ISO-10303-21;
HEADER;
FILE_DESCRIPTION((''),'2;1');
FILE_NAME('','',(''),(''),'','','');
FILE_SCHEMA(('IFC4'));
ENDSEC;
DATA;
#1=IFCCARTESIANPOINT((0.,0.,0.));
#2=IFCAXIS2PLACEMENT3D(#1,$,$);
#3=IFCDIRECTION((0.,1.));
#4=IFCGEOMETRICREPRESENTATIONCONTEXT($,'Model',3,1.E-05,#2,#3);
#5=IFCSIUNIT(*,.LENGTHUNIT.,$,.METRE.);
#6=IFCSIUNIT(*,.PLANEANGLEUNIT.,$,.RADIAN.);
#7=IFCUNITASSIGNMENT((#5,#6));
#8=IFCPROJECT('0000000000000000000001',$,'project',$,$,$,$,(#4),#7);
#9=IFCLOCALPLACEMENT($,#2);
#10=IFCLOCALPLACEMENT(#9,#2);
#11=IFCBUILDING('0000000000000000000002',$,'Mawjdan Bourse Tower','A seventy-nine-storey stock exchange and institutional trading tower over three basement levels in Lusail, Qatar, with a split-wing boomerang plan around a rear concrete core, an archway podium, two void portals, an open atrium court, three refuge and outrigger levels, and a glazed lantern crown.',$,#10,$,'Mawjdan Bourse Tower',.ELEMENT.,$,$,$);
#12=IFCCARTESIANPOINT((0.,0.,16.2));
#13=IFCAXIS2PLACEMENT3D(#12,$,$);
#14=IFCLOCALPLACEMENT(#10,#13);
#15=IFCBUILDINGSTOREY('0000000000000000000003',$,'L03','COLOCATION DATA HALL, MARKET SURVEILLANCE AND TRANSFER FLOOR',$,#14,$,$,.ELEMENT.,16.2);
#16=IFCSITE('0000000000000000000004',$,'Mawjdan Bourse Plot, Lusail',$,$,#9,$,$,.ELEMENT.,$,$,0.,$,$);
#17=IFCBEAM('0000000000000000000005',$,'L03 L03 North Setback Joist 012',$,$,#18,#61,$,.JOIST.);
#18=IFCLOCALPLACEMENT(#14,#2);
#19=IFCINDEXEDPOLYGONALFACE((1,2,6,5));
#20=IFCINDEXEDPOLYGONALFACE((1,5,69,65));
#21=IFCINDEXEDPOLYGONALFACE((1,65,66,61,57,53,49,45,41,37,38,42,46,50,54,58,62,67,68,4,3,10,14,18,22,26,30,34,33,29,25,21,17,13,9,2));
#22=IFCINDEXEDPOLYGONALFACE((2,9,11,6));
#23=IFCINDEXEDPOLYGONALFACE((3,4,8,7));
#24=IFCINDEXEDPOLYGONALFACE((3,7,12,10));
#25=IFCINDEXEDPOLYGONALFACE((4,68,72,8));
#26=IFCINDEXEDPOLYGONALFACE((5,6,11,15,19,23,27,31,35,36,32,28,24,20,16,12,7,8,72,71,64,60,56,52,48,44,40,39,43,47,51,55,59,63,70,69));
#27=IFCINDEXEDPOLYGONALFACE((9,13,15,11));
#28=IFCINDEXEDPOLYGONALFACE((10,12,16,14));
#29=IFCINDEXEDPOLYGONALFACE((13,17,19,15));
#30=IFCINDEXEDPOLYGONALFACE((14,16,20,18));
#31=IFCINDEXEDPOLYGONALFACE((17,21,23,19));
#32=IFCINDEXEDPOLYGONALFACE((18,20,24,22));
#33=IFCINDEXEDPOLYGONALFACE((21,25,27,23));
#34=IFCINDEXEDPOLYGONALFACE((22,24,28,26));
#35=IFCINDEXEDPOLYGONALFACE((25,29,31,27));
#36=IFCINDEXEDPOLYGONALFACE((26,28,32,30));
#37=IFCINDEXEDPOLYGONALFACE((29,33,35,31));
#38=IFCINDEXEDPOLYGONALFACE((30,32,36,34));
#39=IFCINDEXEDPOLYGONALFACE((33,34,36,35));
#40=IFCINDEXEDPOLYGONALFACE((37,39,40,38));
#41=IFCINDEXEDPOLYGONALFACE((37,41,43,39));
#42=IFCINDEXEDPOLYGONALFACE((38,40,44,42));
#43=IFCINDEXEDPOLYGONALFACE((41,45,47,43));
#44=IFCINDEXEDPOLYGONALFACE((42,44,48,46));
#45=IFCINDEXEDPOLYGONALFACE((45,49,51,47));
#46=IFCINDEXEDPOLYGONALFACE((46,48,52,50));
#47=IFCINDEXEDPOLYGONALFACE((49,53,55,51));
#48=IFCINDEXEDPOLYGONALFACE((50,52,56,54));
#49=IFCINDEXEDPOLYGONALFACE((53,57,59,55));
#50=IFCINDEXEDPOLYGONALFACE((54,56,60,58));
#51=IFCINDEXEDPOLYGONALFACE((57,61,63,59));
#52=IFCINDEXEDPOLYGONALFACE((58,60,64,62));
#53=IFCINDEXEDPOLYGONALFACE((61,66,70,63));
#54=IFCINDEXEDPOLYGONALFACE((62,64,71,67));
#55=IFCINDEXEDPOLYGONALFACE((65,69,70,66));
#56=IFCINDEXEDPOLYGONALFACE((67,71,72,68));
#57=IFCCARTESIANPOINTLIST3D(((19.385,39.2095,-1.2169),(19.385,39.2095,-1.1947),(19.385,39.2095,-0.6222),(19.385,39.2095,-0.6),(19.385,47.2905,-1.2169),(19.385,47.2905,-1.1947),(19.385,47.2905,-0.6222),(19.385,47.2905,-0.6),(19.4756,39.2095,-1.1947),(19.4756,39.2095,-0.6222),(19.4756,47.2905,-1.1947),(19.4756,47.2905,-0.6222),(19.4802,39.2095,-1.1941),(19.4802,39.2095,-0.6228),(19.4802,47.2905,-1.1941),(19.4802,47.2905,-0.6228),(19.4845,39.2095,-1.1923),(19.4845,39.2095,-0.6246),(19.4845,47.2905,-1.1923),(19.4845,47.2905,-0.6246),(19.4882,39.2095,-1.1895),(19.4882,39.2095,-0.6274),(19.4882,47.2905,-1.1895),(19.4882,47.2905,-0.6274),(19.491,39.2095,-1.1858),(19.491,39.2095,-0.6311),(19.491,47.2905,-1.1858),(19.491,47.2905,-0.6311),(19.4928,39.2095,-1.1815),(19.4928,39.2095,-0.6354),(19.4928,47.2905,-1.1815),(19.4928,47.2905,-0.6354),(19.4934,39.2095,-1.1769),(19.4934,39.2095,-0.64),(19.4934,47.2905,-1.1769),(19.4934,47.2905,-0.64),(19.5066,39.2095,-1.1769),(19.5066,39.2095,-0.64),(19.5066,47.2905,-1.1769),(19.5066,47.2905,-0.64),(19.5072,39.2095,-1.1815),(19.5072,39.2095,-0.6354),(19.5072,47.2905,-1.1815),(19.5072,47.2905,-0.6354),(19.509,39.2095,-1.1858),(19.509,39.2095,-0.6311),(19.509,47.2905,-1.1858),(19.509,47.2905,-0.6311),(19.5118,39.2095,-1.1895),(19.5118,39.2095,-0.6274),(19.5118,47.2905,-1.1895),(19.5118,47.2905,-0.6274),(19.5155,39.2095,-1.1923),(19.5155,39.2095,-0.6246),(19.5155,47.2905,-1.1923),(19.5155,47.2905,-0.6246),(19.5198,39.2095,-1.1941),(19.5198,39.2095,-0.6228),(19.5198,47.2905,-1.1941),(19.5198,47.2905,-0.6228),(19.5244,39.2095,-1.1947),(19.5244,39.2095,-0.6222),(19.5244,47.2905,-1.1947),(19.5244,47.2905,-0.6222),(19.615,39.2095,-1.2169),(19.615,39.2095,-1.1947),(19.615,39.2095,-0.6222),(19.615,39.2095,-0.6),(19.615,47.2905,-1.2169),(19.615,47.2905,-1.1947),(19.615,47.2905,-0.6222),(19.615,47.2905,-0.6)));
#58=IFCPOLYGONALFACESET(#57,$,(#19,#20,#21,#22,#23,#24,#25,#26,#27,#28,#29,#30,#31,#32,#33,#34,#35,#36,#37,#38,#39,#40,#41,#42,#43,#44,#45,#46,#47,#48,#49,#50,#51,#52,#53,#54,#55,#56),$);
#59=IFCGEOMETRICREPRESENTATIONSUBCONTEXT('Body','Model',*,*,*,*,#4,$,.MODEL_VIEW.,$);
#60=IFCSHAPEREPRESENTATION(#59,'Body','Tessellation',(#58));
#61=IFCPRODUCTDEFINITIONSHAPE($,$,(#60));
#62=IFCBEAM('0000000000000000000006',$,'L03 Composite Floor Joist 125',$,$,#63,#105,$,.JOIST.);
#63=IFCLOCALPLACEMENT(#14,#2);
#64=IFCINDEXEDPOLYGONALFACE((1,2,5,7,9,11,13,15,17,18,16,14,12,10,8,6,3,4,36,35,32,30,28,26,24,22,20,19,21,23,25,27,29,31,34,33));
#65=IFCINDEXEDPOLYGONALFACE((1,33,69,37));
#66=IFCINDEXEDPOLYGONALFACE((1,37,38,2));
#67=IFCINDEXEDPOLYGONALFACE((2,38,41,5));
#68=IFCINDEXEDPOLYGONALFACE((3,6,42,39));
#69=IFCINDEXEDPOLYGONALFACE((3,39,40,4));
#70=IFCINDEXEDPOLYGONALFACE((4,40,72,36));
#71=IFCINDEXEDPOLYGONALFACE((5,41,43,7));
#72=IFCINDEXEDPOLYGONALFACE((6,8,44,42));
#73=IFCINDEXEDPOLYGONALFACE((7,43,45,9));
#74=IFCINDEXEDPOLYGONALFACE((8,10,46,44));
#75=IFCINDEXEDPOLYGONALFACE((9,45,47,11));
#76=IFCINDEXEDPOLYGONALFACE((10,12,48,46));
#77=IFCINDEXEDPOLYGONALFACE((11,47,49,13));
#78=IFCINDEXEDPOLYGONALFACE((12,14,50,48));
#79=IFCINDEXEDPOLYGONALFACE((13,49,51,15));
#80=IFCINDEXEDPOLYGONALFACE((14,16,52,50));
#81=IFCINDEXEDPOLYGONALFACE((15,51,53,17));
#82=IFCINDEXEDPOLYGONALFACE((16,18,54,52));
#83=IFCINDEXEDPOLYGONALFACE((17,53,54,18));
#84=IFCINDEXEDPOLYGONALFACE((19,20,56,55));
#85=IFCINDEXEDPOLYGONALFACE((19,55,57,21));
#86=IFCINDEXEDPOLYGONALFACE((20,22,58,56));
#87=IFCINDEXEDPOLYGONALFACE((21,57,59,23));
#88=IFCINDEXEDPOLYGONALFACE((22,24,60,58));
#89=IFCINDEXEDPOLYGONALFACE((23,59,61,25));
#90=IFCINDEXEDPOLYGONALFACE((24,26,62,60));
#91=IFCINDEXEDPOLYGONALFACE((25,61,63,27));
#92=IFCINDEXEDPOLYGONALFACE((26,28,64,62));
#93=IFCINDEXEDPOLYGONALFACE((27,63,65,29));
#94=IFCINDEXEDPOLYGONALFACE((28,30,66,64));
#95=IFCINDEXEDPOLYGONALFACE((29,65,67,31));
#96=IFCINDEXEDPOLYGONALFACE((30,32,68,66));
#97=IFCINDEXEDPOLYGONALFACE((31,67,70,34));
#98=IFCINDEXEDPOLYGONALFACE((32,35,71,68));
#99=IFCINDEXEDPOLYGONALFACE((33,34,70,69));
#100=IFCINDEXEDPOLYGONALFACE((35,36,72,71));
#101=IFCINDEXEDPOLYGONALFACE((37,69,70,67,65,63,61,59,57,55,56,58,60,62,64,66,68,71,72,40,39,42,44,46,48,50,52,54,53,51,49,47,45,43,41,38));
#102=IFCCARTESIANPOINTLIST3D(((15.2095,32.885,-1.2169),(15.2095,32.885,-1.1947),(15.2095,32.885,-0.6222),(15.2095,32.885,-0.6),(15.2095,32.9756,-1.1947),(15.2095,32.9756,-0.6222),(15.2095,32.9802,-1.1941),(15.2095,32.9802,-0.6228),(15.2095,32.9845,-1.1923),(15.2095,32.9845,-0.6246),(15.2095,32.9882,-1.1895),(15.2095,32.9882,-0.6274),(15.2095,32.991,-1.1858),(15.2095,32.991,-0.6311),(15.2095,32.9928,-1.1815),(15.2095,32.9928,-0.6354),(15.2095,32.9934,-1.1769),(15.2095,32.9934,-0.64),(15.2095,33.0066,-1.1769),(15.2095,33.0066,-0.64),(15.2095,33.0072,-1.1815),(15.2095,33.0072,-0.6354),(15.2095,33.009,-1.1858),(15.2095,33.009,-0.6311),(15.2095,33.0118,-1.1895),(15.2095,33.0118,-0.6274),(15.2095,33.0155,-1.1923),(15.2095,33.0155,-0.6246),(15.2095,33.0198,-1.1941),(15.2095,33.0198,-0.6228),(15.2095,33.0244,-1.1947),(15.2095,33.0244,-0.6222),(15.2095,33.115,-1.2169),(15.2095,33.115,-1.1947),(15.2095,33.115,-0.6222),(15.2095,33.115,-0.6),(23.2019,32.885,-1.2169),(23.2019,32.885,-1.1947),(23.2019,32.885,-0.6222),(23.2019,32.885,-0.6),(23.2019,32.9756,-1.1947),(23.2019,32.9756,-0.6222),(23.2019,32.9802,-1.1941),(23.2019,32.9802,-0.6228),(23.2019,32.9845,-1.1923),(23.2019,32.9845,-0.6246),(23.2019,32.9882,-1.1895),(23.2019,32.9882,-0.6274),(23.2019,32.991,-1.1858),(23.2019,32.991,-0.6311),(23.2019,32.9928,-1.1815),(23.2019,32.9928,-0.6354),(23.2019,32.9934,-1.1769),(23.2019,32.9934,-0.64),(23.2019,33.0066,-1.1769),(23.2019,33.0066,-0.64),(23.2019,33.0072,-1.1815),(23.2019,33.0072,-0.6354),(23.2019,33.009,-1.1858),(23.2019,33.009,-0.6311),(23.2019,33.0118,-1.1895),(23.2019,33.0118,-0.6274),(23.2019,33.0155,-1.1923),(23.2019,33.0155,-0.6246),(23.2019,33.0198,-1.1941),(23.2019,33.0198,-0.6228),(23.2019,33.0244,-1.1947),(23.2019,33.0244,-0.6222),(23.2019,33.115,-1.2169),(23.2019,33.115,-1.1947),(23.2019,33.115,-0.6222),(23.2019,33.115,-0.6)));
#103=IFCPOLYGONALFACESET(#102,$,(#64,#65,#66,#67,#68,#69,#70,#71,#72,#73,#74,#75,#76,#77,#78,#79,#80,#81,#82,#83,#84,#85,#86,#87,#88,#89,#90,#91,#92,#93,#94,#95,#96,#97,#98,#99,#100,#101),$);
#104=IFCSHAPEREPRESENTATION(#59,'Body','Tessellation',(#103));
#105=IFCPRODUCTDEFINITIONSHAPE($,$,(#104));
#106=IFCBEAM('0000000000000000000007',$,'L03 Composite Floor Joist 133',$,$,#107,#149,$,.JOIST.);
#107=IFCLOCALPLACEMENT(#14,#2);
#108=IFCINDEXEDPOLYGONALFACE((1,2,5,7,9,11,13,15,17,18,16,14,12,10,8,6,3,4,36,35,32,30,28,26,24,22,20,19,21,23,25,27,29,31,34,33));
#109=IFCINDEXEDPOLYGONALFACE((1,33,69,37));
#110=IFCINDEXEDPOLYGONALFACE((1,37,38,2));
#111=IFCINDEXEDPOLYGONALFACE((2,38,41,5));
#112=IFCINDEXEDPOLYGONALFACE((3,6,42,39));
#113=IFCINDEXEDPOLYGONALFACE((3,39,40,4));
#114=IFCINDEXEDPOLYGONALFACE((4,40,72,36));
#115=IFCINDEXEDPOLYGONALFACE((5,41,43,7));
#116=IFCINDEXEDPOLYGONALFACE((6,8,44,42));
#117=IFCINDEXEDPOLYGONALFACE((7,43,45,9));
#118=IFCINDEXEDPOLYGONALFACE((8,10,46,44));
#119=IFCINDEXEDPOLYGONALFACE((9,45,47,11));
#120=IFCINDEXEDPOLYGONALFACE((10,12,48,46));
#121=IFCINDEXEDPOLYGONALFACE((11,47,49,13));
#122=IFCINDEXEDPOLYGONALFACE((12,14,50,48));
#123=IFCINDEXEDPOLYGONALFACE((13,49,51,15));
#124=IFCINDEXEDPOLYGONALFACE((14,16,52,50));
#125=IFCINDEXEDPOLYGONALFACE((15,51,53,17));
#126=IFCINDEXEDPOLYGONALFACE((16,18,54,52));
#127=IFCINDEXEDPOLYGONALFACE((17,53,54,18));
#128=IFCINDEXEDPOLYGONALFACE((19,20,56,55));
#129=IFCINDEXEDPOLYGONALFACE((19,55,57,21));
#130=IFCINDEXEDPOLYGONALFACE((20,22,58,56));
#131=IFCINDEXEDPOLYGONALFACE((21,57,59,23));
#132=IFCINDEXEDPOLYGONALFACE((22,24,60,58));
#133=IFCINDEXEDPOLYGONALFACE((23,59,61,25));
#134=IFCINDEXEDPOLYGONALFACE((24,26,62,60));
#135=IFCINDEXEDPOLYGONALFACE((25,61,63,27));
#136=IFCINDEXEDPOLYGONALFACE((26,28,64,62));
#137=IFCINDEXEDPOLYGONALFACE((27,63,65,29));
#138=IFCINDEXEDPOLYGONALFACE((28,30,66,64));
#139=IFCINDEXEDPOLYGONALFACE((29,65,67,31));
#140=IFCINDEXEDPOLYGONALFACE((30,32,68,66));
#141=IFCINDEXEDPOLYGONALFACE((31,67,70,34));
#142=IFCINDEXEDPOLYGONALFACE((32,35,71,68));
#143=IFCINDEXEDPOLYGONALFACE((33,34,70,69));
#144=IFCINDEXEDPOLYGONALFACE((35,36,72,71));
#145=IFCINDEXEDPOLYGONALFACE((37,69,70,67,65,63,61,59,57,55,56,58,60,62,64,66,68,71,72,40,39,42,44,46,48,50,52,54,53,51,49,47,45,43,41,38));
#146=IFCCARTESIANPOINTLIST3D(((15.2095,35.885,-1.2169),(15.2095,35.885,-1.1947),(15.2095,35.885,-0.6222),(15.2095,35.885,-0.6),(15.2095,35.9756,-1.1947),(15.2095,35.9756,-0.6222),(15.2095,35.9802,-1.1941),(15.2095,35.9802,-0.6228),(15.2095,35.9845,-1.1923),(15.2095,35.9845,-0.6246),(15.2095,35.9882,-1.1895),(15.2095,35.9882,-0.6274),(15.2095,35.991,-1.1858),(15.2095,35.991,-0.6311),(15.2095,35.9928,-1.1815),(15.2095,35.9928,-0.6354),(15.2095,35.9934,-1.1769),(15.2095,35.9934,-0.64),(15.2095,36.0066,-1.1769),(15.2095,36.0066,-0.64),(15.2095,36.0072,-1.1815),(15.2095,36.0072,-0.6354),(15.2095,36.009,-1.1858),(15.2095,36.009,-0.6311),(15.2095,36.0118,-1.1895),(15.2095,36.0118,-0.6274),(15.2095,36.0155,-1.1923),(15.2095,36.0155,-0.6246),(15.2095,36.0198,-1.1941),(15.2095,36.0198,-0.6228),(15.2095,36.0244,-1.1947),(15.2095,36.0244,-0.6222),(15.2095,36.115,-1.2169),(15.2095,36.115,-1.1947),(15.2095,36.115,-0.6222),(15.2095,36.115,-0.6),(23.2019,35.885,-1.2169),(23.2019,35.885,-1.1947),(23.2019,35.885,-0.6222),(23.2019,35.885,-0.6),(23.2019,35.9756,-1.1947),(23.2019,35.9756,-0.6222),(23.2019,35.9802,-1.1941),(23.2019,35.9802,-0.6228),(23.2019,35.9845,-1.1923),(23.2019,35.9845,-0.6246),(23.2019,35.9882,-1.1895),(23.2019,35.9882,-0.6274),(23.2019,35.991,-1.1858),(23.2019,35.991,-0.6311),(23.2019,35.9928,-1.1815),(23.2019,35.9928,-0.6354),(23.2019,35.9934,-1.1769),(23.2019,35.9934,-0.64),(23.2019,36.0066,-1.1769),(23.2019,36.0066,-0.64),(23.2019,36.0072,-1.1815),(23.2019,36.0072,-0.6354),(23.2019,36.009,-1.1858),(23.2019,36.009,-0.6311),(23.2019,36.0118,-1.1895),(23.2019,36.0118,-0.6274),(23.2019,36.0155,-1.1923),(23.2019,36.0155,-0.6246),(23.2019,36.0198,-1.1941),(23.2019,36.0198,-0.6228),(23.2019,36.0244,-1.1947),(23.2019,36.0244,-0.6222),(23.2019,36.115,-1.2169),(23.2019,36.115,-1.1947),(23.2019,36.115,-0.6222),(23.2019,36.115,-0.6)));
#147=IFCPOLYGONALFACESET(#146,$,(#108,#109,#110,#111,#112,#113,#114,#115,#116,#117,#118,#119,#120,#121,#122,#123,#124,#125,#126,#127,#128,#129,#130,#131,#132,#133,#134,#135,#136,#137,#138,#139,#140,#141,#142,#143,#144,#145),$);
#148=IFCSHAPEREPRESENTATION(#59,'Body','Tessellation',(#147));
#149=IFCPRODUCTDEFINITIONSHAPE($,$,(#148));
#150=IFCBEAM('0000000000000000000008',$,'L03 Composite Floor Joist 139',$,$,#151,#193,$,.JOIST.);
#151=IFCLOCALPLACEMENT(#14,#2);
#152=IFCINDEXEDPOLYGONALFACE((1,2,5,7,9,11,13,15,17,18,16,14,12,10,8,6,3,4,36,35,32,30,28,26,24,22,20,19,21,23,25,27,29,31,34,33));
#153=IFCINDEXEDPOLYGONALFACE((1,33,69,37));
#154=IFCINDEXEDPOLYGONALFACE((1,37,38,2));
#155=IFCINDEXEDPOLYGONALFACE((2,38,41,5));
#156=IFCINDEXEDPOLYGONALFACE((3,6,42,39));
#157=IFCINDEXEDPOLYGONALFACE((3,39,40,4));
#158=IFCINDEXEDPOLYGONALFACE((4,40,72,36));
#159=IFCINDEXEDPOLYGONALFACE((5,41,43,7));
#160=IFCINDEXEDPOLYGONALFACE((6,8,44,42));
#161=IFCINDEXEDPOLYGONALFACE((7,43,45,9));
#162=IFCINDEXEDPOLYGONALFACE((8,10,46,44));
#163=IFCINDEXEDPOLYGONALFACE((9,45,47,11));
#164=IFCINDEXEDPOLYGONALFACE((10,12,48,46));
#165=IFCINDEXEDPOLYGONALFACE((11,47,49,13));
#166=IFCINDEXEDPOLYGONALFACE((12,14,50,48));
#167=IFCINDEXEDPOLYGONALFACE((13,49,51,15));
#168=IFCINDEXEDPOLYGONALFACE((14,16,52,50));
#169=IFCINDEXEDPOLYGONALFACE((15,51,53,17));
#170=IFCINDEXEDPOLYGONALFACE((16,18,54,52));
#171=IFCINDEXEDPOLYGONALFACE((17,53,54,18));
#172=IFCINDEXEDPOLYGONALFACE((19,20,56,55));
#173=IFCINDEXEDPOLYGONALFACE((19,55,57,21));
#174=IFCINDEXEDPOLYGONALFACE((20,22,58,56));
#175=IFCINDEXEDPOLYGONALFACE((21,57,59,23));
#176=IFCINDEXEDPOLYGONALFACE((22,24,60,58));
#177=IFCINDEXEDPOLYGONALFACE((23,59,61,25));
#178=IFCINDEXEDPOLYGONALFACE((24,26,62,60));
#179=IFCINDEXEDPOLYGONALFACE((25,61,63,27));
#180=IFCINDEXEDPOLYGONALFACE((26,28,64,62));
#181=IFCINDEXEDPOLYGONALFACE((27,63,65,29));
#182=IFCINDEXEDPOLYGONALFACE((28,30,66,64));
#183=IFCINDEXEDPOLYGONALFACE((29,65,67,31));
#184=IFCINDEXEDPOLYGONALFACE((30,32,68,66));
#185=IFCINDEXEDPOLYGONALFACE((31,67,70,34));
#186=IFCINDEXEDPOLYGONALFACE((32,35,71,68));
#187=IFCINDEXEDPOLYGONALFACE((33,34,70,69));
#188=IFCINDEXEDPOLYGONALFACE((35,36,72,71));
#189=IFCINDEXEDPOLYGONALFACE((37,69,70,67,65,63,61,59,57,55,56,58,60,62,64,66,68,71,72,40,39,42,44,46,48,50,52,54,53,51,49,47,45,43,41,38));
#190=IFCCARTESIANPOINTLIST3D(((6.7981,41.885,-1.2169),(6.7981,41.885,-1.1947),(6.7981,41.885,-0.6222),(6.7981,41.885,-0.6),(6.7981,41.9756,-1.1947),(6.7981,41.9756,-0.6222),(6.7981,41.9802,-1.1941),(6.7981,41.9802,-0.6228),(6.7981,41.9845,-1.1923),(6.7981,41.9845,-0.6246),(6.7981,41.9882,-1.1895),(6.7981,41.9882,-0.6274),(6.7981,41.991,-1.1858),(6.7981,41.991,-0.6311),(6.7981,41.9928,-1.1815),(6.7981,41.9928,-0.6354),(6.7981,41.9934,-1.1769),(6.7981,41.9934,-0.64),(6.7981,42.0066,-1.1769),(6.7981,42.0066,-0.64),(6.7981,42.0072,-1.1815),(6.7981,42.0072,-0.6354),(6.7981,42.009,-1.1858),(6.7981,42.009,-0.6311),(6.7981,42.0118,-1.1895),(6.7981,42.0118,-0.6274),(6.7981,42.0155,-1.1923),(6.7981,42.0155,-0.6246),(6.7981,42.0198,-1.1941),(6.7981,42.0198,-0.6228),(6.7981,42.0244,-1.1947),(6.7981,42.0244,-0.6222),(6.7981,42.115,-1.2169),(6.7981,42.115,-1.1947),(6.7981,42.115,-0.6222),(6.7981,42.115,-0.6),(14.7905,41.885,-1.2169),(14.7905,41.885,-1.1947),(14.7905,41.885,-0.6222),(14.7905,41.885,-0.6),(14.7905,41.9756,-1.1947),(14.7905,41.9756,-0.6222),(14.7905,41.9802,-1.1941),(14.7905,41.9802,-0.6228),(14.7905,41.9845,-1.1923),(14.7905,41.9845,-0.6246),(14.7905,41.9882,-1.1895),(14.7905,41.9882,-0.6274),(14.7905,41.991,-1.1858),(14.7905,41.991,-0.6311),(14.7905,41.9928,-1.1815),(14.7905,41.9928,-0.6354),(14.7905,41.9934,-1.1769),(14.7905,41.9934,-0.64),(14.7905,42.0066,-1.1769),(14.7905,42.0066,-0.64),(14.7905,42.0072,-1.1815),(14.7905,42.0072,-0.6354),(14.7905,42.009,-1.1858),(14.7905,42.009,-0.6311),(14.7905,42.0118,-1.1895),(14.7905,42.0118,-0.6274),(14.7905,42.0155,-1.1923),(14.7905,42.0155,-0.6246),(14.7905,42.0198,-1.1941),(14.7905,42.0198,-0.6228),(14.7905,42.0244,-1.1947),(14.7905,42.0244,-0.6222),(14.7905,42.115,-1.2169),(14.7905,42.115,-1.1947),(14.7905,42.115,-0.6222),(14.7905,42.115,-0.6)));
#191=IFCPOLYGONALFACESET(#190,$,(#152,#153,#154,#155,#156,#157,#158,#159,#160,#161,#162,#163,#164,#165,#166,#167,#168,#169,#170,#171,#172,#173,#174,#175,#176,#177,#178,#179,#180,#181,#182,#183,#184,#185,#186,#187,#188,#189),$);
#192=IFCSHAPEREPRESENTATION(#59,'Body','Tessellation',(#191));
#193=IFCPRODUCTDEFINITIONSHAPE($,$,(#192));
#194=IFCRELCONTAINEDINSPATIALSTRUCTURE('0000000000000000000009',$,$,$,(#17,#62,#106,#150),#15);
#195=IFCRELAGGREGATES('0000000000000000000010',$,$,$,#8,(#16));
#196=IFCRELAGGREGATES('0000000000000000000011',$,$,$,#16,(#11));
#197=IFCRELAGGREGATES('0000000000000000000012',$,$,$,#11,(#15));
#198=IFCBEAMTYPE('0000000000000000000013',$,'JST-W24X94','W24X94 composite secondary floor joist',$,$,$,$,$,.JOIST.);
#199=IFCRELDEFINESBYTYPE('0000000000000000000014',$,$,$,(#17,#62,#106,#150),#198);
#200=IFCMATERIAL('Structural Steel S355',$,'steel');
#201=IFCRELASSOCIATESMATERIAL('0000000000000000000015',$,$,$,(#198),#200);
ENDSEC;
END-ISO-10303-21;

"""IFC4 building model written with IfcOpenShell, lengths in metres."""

from ifc_helpers import new_model, si_unit, direction, frame, origin, origin_2d, place, context, subcontext, project, spatial, i_section, extrude, material, material_profile, profile_set, type_object, element, save


model = new_model("IFC4")

# Units and contexts
model_context = context("Model", 3, precision=1e-05, world=origin(), true_north=direction((0.0, 1.0)))
body_context = subcontext(model_context, "Body", "Model", "MODEL_VIEW")
ifc_project = project(units=[si_unit("LENGTHUNIT", "METRE"), si_unit("PLANEANGLEUNIT", "RADIAN")], contexts=[model_context])

# Site, building, storey
site_placement = place(None, origin())
site = spatial("IfcSite", under=ifc_project, at=site_placement, Name="Mawjdan Bourse Plot, Lusail", CompositionType="ELEMENT", RefElevation=0.0)
building_placement = place(site_placement, origin())
building = spatial("IfcBuilding", under=site, at=building_placement, Name="Mawjdan Bourse Tower", Description="A seventy-nine-storey stock exchange and institutional trading tower over three basement levels in Lusail, Qatar, with a split-wing boomerang plan around a rear concrete core, an archway podium, two void portals, an open atrium court, three refuge and outrigger levels, and a glazed lantern crown.", LongName="Mawjdan Bourse Tower", CompositionType="ELEMENT")
storey_placement = place(building_placement, frame((0.0, 0.0, 16.2)))
storey = spatial("IfcBuildingStorey", under=building, at=storey_placement, Name="L03", Description="COLOCATION DATA HALL, MARKET SURVEILLANCE AND TRANSFER FLOOR", CompositionType="ELEMENT", Elevation=16.2)

# Beams
ifc_material_1 = material(Name="Structural Steel S355", Category="steel")
ifc_material_profile_1 = material_profile(ifc_material_1, i_section(OverallWidth=0.23, OverallDepth=0.6169, WebThickness=0.0132, FlangeThickness=0.0222, FilletRadius=0.0178, at=origin_2d()), Name="W24X94")
ifc_profile_set_1 = profile_set([ifc_material_profile_1], Name="Structural Steel S355")
beam_type_1 = type_object("IfcBeamType", Name="JST-W24X94", Description="W24X94 composite secondary floor joist", PredefinedType="JOIST", material=ifc_profile_set_1)
for number, where, z_axis, x_axis, name in (
    (1, (19.5, 39.2095, -0.9084), (0.0, 1.0, 0.0), (-1.0, 0.0, 0.0), "L03 L03 North Setback Joist 012"),
):
    element("IfcBeam", number, at=place(storey_placement, frame(where, z_axis=z_axis, x_axis=x_axis)), inside=storey, type_object=beam_type_1, Name=name, PredefinedType="JOIST", context=body_context, shape_type="SweptSolid", body=[
        extrude(i_section(OverallWidth=0.23, OverallDepth=0.6169, WebThickness=0.0132, FlangeThickness=0.0222, FilletRadius=0.0178, at=origin_2d()), origin(), (0.0, 0.0, 1.0), 8.0811),
    ])
for number, where, z_axis, x_axis, name in (
    (2, (15.2095, 33.0, -0.9084), (1.0, 0.0, 0.0), (0.0, 1.0, 0.0), "L03 Composite Floor Joist 125"),
    (3, (15.2095, 36.0, -0.9084), (1.0, 0.0, 0.0), (0.0, 1.0, 0.0), "L03 Composite Floor Joist 133"),
    (4, (6.7981, 42.0, -0.9084), (1.0, 0.0, 0.0), (0.0, 1.0, 0.0), "L03 Composite Floor Joist 139"),
):
    element("IfcBeam", number, at=place(storey_placement, frame(where, z_axis=z_axis, x_axis=x_axis)), inside=storey, type_object=beam_type_1, Name=name, PredefinedType="JOIST", context=body_context, shape_type="SweptSolid", body=[
        extrude(i_section(OverallWidth=0.23, OverallDepth=0.6169, WebThickness=0.0132, FlangeThickness=0.0222, FilletRadius=0.0178, at=origin_2d()), origin(), (0.0, 0.0, 1.0), 7.9924),
    ])

save(model, "model.ifc")
